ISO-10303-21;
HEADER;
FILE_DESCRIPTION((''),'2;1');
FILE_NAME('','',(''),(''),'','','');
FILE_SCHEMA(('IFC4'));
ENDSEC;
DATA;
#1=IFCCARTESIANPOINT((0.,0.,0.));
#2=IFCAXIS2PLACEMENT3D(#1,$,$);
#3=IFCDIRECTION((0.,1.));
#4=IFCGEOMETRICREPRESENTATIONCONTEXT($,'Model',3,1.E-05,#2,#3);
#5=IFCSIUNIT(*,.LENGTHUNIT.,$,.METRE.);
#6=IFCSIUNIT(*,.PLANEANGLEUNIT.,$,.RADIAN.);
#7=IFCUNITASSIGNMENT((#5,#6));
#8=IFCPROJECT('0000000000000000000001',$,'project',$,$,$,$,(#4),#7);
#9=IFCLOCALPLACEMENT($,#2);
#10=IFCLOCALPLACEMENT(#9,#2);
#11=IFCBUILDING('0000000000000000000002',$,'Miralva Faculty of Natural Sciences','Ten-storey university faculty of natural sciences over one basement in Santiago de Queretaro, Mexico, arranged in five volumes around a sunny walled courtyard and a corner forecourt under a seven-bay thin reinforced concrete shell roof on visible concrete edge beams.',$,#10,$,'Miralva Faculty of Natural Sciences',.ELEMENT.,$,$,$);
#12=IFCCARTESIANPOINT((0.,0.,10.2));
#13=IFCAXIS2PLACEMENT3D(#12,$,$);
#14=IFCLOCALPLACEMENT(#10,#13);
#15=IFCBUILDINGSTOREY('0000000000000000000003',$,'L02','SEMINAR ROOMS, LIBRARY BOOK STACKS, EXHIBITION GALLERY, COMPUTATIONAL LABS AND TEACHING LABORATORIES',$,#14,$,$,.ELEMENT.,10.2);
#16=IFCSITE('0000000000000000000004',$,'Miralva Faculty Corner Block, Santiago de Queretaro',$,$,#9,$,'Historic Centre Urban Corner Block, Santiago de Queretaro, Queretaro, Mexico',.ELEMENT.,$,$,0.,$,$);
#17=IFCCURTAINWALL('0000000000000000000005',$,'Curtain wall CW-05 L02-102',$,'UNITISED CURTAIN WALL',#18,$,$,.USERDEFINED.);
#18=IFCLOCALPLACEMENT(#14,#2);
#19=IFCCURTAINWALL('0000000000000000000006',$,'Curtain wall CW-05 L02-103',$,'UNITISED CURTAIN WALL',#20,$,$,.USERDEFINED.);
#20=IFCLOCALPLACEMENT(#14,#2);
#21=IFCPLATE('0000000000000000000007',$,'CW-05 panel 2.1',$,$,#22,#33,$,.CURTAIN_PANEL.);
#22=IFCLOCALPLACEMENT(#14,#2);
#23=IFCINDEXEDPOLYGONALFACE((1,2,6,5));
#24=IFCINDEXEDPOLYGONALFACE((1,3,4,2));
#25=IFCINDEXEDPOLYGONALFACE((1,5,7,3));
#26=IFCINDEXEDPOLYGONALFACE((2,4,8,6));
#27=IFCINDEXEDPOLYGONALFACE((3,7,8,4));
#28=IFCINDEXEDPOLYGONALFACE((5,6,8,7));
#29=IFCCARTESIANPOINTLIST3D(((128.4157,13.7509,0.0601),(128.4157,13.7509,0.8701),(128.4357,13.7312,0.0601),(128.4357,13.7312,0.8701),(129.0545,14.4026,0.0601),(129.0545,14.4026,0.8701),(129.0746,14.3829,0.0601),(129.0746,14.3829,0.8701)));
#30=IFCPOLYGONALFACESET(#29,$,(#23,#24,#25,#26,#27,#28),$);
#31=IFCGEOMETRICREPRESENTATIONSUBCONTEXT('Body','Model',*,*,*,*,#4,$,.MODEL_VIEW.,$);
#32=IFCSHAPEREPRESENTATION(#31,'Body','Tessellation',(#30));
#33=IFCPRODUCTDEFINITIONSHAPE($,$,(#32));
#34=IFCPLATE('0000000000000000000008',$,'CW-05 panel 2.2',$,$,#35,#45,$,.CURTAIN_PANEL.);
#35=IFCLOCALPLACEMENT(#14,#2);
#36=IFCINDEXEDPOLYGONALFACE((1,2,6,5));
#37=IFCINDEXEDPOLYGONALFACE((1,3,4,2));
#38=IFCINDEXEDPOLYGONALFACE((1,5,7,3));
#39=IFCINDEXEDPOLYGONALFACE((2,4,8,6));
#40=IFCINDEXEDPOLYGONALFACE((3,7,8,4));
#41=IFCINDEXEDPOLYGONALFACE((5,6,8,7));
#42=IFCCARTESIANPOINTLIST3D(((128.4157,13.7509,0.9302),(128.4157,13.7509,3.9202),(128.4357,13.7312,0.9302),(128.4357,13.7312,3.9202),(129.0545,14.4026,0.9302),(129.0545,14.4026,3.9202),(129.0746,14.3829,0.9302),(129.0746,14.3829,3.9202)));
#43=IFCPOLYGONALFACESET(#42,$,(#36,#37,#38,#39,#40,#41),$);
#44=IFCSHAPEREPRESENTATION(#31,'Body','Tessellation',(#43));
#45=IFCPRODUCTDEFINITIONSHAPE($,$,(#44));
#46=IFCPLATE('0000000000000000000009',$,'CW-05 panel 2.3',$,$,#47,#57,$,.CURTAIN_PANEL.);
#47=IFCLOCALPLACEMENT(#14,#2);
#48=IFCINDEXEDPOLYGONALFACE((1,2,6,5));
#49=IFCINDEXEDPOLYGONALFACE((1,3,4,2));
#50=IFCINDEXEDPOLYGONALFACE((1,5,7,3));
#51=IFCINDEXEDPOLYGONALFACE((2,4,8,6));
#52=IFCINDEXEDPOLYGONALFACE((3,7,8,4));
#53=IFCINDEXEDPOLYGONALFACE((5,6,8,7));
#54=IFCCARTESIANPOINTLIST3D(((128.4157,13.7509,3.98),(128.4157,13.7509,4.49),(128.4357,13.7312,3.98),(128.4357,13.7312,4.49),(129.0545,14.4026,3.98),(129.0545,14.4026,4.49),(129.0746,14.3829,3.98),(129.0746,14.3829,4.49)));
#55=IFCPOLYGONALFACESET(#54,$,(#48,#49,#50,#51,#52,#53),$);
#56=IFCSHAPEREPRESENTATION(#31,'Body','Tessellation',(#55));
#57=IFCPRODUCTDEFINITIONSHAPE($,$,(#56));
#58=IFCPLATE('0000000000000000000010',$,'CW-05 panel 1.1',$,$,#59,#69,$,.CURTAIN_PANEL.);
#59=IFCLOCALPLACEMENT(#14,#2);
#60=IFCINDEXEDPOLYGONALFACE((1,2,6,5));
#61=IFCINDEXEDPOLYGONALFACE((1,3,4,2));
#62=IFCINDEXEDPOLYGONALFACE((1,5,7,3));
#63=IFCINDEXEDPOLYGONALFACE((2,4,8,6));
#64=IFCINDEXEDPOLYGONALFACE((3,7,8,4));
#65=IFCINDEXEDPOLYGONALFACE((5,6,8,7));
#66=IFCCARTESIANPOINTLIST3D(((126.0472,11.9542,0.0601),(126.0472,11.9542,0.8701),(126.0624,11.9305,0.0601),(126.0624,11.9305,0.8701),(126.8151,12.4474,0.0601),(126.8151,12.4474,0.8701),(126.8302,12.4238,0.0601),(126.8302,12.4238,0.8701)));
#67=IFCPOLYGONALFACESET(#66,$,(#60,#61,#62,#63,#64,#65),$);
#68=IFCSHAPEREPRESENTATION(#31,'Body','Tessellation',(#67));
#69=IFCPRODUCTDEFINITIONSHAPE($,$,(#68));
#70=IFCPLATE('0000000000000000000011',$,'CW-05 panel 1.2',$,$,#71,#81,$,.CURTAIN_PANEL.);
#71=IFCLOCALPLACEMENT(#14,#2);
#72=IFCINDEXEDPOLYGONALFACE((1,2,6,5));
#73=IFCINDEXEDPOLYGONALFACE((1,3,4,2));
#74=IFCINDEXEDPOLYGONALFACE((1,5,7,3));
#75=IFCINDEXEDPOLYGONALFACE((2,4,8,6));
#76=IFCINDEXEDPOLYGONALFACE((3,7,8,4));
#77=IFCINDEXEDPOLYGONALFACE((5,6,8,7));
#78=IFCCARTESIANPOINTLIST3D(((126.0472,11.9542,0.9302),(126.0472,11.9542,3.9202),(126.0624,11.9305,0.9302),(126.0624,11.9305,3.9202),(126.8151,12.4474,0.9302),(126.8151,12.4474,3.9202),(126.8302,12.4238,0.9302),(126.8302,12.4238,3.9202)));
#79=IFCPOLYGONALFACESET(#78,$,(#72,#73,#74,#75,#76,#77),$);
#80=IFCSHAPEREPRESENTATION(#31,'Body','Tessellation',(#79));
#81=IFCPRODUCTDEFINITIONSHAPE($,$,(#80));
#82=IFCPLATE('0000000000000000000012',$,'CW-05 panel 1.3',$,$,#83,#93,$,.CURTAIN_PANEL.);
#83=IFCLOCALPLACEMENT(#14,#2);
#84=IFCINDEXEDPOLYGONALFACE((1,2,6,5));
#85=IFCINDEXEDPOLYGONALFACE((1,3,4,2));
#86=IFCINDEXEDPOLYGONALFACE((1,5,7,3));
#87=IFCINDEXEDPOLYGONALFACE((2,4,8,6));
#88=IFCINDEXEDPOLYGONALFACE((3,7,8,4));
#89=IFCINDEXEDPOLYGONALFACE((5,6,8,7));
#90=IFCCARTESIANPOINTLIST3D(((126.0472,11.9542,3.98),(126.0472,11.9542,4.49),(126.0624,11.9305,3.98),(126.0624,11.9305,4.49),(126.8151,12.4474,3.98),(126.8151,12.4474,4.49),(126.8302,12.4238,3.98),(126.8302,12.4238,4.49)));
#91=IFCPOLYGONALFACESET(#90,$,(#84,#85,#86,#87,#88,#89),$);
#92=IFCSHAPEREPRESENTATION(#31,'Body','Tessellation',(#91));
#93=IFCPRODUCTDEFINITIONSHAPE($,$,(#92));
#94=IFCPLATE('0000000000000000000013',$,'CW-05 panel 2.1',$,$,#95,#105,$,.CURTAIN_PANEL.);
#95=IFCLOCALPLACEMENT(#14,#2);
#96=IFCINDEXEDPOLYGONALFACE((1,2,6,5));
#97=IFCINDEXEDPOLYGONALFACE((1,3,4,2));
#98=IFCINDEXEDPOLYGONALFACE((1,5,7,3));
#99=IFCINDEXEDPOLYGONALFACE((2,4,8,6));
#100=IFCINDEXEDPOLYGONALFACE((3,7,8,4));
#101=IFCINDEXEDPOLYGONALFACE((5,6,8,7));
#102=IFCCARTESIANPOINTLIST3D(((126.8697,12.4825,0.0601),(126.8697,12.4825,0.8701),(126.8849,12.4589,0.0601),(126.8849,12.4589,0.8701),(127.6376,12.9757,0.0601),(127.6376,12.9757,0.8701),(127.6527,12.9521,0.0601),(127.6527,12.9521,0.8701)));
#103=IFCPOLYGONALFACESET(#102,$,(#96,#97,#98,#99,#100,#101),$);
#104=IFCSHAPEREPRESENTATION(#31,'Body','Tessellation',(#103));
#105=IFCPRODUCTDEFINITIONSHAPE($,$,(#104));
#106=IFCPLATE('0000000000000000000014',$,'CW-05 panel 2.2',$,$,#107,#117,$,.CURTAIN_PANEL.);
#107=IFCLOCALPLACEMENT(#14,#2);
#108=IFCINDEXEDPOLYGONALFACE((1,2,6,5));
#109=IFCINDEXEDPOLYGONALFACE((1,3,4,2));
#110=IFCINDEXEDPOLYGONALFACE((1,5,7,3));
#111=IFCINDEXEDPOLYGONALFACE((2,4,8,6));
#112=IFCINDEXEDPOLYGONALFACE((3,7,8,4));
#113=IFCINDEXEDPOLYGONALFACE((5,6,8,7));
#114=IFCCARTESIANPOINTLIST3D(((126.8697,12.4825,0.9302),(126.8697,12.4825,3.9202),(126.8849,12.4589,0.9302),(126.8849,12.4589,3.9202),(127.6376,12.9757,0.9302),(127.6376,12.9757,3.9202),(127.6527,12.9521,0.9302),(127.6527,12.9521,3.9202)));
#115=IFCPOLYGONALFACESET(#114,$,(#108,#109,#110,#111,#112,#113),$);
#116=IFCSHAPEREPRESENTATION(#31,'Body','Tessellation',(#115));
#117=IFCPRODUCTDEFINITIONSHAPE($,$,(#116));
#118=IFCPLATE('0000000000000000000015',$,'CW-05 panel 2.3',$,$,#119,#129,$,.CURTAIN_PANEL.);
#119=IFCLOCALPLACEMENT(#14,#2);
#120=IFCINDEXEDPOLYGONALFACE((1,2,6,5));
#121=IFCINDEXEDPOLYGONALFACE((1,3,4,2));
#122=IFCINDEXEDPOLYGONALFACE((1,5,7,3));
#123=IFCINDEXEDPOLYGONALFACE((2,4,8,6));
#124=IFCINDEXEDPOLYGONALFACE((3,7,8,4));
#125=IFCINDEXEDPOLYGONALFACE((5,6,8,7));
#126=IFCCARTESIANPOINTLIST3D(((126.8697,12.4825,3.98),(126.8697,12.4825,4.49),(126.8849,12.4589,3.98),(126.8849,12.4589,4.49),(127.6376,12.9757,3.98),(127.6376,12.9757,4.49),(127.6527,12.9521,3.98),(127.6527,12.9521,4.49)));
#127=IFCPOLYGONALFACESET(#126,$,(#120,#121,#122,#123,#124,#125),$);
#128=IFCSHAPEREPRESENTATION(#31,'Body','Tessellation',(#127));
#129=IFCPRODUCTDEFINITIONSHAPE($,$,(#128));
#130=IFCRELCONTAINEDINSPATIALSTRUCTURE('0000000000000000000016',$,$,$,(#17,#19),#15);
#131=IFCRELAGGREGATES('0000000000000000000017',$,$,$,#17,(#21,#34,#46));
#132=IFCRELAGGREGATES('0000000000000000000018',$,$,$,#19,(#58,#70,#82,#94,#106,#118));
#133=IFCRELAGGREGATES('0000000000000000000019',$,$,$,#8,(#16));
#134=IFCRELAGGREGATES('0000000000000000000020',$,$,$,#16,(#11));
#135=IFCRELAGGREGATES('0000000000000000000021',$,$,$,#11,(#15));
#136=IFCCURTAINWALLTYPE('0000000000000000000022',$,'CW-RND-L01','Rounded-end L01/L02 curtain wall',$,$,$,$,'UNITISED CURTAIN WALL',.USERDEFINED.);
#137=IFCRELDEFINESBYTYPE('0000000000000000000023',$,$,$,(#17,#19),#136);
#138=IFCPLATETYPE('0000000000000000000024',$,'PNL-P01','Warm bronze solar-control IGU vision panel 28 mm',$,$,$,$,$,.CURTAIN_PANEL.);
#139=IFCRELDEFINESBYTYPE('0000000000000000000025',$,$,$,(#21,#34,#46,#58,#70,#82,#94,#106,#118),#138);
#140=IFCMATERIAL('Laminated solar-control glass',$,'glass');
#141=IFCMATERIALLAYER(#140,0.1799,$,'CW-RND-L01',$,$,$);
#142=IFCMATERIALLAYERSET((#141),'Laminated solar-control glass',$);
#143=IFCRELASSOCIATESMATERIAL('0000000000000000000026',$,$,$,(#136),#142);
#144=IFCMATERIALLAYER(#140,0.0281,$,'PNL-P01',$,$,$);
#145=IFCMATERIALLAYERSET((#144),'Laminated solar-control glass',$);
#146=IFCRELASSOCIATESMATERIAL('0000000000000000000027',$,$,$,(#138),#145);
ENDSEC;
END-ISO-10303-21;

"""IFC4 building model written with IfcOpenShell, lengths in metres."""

from ifc_helpers import new_model, si_unit, direction, frame, origin, origin_2d, place, context, subcontext, project, spatial, rectangle, extrude, material, layer, layer_set, type_object, element, aggregate, save


model = new_model("IFC4")

# Units and contexts
model_context = context("Model", 3, precision=1e-05, world=origin(), true_north=direction((0.0, 1.0)))
body_context = subcontext(model_context, "Body", "Model", "MODEL_VIEW")
ifc_project = project(units=[si_unit("LENGTHUNIT", "METRE"), si_unit("PLANEANGLEUNIT", "RADIAN")], contexts=[model_context])

# Site, building, storey
site_placement = place(None, origin())
site = spatial("IfcSite", under=ifc_project, at=site_placement, Name="Miralva Faculty Corner Block, Santiago de Queretaro", LongName="Historic Centre Urban Corner Block, Santiago de Queretaro, Queretaro, Mexico", CompositionType="ELEMENT", RefElevation=0.0)
building_placement = place(site_placement, origin())
building = spatial("IfcBuilding", under=site, at=building_placement, Name="Miralva Faculty of Natural Sciences", Description="Ten-storey university faculty of natural sciences over one basement in Santiago de Queretaro, Mexico, arranged in five volumes around a sunny walled courtyard and a corner forecourt under a seven-bay thin reinforced concrete shell roof on visible concrete edge beams.", LongName="Miralva Faculty of Natural Sciences", CompositionType="ELEMENT")
storey_placement = place(building_placement, frame((0.0, 0.0, 10.2)))
storey = spatial("IfcBuildingStorey", under=building, at=storey_placement, Name="L02", Description="SEMINAR ROOMS, LIBRARY BOOK STACKS, EXHIBITION GALLERY, COMPUTATIONAL LABS AND TEACHING LABORATORIES", CompositionType="ELEMENT", Elevation=10.2)

# Shared definitions
ifc_material_1 = material(Name="Laminated solar-control glass", Category="glass")
ifc_layer_1 = layer(ifc_material_1, 0.1799, Name="CW-RND-L01")
ifc_layer_set_1 = layer_set([ifc_layer_1], Name="Laminated solar-control glass")
curtain_wall_type = type_object("IfcCurtainWallType", Name="CW-RND-L01", Description="Rounded-end L01/L02 curtain wall", ElementType="UNITISED CURTAIN WALL", PredefinedType="USERDEFINED", material=ifc_layer_set_1)

# Curtain walls
curtain_wall_1_placement = place(storey_placement, origin())
curtain_wall_1 = element("IfcCurtainWall", 1, at=curtain_wall_1_placement, inside=storey, type_object=curtain_wall_type, Name="Curtain wall CW-05 L02-102", ObjectType="UNITISED CURTAIN WALL", PredefinedType="USERDEFINED")
curtain_wall_2_placement = place(storey_placement, origin())
curtain_wall_2 = element("IfcCurtainWall", 2, at=curtain_wall_2_placement, inside=storey, type_object=curtain_wall_type, Name="Curtain wall CW-05 L02-103", ObjectType="UNITISED CURTAIN WALL", PredefinedType="USERDEFINED")

# Plates
ifc_layer_2 = layer(ifc_material_1, 0.0281, Name="PNL-P01")
ifc_layer_set_2 = layer_set([ifc_layer_2], Name="Laminated solar-control glass")
plate_type = type_object("IfcPlateType", Name="PNL-P01", Description="Warm bronze solar-control IGU vision panel 28 mm", PredefinedType="CURTAIN_PANEL", material=ifc_layer_set_2)
plate_1_placement = place(storey_placement, frame((128.7451, 14.0669, 0.0601), z_axis=(0.0, 0.0, 1.0), x_axis=(0.700018, 0.714125, 0.0)))
plate_1 = element("IfcPlate", 3, at=plate_1_placement, type_object=plate_type, Name="CW-05 panel 2.1", PredefinedType="CURTAIN_PANEL", context=body_context, shape_type="SweptSolid", body=[
    extrude(rectangle(XDim=0.9126, YDim=0.0281, at=origin_2d()), origin(), (0.0, 0.0, 1.0), 0.8101),
])
plate_2_placement = place(storey_placement, frame((128.7451, 14.0669, 0.9302), z_axis=(0.0, 0.0, 1.0), x_axis=(0.700018, 0.714125, 0.0)))
plate_2 = element("IfcPlate", 4, at=plate_2_placement, type_object=plate_type, Name="CW-05 panel 2.2", PredefinedType="CURTAIN_PANEL", context=body_context, shape_type="SweptSolid", body=[
    extrude(rectangle(XDim=0.9126, YDim=0.0281, at=origin_2d()), origin(), (0.0, 0.0, 1.0), 2.99),
])
plate_3_placement = place(storey_placement, frame((128.7451, 14.0669, 3.98), z_axis=(0.0, 0.0, 1.0), x_axis=(0.700018, 0.714125, 0.0)))
plate_3 = element("IfcPlate", 5, at=plate_3_placement, type_object=plate_type, Name="CW-05 panel 2.3", PredefinedType="CURTAIN_PANEL", context=body_context, shape_type="SweptSolid", body=[
    extrude(rectangle(XDim=0.9126, YDim=0.0281, at=origin_2d()), origin(), (0.0, 0.0, 1.0), 0.51),
])
aggregate(curtain_wall_1, [plate_1, plate_2, plate_3])
plate_4_placement = place(storey_placement, frame((126.4387, 12.189, 0.0601), z_axis=(0.0, 0.0, 1.0), x_axis=(0.841379, 0.540445, 0.0)))
plate_4 = element("IfcPlate", 6, at=plate_4_placement, type_object=plate_type, Name="CW-05 panel 1.1", PredefinedType="CURTAIN_PANEL", context=body_context, shape_type="SweptSolid", body=[
    extrude(rectangle(XDim=0.9126, YDim=0.0281, at=origin_2d()), origin(), (0.0, 0.0, 1.0), 0.8101),
])
plate_5_placement = place(storey_placement, frame((126.4387, 12.189, 0.9302), z_axis=(0.0, 0.0, 1.0), x_axis=(0.841379, 0.540445, 0.0)))
plate_5 = element("IfcPlate", 7, at=plate_5_placement, type_object=plate_type, Name="CW-05 panel 1.2", PredefinedType="CURTAIN_PANEL", context=body_context, shape_type="SweptSolid", body=[
    extrude(rectangle(XDim=0.9126, YDim=0.0281, at=origin_2d()), origin(), (0.0, 0.0, 1.0), 2.99),
])
plate_6_placement = place(storey_placement, frame((126.4387, 12.189, 3.98), z_axis=(0.0, 0.0, 1.0), x_axis=(0.841379, 0.540445, 0.0)))
plate_6 = element("IfcPlate", 8, at=plate_6_placement, type_object=plate_type, Name="CW-05 panel 1.3", PredefinedType="CURTAIN_PANEL", context=body_context, shape_type="SweptSolid", body=[
    extrude(rectangle(XDim=0.9126, YDim=0.0281, at=origin_2d()), origin(), (0.0, 0.0, 1.0), 0.51),
])
plate_7_placement = place(storey_placement, frame((127.2612, 12.7173, 0.0601), z_axis=(0.0, 0.0, 1.0), x_axis=(0.841379, 0.540445, 0.0)))
plate_7 = element("IfcPlate", 9, at=plate_7_placement, type_object=plate_type, Name="CW-05 panel 2.1", PredefinedType="CURTAIN_PANEL", context=body_context, shape_type="SweptSolid", body=[
    extrude(rectangle(XDim=0.9126, YDim=0.0281, at=origin_2d()), origin(), (0.0, 0.0, 1.0), 0.8101),
])
plate_8_placement = place(storey_placement, frame((127.2612, 12.7173, 0.9302), z_axis=(0.0, 0.0, 1.0), x_axis=(0.841379, 0.540445, 0.0)))
plate_8 = element("IfcPlate", 10, at=plate_8_placement, type_object=plate_type, Name="CW-05 panel 2.2", PredefinedType="CURTAIN_PANEL", context=body_context, shape_type="SweptSolid", body=[
    extrude(rectangle(XDim=0.9126, YDim=0.0281, at=origin_2d()), origin(), (0.0, 0.0, 1.0), 2.99),
])
plate_9_placement = place(storey_placement, frame((127.2612, 12.7173, 3.98), z_axis=(0.0, 0.0, 1.0), x_axis=(0.841379, 0.540445, 0.0)))
plate_9 = element("IfcPlate", 11, at=plate_9_placement, type_object=plate_type, Name="CW-05 panel 2.3", PredefinedType="CURTAIN_PANEL", context=body_context, shape_type="SweptSolid", body=[
    extrude(rectangle(XDim=0.9126, YDim=0.0281, at=origin_2d()), origin(), (0.0, 0.0, 1.0), 0.51),
])
aggregate(curtain_wall_2, [plate_4, plate_5, plate_6, plate_7, plate_8, plate_9])

save(model, "model.ifc")
